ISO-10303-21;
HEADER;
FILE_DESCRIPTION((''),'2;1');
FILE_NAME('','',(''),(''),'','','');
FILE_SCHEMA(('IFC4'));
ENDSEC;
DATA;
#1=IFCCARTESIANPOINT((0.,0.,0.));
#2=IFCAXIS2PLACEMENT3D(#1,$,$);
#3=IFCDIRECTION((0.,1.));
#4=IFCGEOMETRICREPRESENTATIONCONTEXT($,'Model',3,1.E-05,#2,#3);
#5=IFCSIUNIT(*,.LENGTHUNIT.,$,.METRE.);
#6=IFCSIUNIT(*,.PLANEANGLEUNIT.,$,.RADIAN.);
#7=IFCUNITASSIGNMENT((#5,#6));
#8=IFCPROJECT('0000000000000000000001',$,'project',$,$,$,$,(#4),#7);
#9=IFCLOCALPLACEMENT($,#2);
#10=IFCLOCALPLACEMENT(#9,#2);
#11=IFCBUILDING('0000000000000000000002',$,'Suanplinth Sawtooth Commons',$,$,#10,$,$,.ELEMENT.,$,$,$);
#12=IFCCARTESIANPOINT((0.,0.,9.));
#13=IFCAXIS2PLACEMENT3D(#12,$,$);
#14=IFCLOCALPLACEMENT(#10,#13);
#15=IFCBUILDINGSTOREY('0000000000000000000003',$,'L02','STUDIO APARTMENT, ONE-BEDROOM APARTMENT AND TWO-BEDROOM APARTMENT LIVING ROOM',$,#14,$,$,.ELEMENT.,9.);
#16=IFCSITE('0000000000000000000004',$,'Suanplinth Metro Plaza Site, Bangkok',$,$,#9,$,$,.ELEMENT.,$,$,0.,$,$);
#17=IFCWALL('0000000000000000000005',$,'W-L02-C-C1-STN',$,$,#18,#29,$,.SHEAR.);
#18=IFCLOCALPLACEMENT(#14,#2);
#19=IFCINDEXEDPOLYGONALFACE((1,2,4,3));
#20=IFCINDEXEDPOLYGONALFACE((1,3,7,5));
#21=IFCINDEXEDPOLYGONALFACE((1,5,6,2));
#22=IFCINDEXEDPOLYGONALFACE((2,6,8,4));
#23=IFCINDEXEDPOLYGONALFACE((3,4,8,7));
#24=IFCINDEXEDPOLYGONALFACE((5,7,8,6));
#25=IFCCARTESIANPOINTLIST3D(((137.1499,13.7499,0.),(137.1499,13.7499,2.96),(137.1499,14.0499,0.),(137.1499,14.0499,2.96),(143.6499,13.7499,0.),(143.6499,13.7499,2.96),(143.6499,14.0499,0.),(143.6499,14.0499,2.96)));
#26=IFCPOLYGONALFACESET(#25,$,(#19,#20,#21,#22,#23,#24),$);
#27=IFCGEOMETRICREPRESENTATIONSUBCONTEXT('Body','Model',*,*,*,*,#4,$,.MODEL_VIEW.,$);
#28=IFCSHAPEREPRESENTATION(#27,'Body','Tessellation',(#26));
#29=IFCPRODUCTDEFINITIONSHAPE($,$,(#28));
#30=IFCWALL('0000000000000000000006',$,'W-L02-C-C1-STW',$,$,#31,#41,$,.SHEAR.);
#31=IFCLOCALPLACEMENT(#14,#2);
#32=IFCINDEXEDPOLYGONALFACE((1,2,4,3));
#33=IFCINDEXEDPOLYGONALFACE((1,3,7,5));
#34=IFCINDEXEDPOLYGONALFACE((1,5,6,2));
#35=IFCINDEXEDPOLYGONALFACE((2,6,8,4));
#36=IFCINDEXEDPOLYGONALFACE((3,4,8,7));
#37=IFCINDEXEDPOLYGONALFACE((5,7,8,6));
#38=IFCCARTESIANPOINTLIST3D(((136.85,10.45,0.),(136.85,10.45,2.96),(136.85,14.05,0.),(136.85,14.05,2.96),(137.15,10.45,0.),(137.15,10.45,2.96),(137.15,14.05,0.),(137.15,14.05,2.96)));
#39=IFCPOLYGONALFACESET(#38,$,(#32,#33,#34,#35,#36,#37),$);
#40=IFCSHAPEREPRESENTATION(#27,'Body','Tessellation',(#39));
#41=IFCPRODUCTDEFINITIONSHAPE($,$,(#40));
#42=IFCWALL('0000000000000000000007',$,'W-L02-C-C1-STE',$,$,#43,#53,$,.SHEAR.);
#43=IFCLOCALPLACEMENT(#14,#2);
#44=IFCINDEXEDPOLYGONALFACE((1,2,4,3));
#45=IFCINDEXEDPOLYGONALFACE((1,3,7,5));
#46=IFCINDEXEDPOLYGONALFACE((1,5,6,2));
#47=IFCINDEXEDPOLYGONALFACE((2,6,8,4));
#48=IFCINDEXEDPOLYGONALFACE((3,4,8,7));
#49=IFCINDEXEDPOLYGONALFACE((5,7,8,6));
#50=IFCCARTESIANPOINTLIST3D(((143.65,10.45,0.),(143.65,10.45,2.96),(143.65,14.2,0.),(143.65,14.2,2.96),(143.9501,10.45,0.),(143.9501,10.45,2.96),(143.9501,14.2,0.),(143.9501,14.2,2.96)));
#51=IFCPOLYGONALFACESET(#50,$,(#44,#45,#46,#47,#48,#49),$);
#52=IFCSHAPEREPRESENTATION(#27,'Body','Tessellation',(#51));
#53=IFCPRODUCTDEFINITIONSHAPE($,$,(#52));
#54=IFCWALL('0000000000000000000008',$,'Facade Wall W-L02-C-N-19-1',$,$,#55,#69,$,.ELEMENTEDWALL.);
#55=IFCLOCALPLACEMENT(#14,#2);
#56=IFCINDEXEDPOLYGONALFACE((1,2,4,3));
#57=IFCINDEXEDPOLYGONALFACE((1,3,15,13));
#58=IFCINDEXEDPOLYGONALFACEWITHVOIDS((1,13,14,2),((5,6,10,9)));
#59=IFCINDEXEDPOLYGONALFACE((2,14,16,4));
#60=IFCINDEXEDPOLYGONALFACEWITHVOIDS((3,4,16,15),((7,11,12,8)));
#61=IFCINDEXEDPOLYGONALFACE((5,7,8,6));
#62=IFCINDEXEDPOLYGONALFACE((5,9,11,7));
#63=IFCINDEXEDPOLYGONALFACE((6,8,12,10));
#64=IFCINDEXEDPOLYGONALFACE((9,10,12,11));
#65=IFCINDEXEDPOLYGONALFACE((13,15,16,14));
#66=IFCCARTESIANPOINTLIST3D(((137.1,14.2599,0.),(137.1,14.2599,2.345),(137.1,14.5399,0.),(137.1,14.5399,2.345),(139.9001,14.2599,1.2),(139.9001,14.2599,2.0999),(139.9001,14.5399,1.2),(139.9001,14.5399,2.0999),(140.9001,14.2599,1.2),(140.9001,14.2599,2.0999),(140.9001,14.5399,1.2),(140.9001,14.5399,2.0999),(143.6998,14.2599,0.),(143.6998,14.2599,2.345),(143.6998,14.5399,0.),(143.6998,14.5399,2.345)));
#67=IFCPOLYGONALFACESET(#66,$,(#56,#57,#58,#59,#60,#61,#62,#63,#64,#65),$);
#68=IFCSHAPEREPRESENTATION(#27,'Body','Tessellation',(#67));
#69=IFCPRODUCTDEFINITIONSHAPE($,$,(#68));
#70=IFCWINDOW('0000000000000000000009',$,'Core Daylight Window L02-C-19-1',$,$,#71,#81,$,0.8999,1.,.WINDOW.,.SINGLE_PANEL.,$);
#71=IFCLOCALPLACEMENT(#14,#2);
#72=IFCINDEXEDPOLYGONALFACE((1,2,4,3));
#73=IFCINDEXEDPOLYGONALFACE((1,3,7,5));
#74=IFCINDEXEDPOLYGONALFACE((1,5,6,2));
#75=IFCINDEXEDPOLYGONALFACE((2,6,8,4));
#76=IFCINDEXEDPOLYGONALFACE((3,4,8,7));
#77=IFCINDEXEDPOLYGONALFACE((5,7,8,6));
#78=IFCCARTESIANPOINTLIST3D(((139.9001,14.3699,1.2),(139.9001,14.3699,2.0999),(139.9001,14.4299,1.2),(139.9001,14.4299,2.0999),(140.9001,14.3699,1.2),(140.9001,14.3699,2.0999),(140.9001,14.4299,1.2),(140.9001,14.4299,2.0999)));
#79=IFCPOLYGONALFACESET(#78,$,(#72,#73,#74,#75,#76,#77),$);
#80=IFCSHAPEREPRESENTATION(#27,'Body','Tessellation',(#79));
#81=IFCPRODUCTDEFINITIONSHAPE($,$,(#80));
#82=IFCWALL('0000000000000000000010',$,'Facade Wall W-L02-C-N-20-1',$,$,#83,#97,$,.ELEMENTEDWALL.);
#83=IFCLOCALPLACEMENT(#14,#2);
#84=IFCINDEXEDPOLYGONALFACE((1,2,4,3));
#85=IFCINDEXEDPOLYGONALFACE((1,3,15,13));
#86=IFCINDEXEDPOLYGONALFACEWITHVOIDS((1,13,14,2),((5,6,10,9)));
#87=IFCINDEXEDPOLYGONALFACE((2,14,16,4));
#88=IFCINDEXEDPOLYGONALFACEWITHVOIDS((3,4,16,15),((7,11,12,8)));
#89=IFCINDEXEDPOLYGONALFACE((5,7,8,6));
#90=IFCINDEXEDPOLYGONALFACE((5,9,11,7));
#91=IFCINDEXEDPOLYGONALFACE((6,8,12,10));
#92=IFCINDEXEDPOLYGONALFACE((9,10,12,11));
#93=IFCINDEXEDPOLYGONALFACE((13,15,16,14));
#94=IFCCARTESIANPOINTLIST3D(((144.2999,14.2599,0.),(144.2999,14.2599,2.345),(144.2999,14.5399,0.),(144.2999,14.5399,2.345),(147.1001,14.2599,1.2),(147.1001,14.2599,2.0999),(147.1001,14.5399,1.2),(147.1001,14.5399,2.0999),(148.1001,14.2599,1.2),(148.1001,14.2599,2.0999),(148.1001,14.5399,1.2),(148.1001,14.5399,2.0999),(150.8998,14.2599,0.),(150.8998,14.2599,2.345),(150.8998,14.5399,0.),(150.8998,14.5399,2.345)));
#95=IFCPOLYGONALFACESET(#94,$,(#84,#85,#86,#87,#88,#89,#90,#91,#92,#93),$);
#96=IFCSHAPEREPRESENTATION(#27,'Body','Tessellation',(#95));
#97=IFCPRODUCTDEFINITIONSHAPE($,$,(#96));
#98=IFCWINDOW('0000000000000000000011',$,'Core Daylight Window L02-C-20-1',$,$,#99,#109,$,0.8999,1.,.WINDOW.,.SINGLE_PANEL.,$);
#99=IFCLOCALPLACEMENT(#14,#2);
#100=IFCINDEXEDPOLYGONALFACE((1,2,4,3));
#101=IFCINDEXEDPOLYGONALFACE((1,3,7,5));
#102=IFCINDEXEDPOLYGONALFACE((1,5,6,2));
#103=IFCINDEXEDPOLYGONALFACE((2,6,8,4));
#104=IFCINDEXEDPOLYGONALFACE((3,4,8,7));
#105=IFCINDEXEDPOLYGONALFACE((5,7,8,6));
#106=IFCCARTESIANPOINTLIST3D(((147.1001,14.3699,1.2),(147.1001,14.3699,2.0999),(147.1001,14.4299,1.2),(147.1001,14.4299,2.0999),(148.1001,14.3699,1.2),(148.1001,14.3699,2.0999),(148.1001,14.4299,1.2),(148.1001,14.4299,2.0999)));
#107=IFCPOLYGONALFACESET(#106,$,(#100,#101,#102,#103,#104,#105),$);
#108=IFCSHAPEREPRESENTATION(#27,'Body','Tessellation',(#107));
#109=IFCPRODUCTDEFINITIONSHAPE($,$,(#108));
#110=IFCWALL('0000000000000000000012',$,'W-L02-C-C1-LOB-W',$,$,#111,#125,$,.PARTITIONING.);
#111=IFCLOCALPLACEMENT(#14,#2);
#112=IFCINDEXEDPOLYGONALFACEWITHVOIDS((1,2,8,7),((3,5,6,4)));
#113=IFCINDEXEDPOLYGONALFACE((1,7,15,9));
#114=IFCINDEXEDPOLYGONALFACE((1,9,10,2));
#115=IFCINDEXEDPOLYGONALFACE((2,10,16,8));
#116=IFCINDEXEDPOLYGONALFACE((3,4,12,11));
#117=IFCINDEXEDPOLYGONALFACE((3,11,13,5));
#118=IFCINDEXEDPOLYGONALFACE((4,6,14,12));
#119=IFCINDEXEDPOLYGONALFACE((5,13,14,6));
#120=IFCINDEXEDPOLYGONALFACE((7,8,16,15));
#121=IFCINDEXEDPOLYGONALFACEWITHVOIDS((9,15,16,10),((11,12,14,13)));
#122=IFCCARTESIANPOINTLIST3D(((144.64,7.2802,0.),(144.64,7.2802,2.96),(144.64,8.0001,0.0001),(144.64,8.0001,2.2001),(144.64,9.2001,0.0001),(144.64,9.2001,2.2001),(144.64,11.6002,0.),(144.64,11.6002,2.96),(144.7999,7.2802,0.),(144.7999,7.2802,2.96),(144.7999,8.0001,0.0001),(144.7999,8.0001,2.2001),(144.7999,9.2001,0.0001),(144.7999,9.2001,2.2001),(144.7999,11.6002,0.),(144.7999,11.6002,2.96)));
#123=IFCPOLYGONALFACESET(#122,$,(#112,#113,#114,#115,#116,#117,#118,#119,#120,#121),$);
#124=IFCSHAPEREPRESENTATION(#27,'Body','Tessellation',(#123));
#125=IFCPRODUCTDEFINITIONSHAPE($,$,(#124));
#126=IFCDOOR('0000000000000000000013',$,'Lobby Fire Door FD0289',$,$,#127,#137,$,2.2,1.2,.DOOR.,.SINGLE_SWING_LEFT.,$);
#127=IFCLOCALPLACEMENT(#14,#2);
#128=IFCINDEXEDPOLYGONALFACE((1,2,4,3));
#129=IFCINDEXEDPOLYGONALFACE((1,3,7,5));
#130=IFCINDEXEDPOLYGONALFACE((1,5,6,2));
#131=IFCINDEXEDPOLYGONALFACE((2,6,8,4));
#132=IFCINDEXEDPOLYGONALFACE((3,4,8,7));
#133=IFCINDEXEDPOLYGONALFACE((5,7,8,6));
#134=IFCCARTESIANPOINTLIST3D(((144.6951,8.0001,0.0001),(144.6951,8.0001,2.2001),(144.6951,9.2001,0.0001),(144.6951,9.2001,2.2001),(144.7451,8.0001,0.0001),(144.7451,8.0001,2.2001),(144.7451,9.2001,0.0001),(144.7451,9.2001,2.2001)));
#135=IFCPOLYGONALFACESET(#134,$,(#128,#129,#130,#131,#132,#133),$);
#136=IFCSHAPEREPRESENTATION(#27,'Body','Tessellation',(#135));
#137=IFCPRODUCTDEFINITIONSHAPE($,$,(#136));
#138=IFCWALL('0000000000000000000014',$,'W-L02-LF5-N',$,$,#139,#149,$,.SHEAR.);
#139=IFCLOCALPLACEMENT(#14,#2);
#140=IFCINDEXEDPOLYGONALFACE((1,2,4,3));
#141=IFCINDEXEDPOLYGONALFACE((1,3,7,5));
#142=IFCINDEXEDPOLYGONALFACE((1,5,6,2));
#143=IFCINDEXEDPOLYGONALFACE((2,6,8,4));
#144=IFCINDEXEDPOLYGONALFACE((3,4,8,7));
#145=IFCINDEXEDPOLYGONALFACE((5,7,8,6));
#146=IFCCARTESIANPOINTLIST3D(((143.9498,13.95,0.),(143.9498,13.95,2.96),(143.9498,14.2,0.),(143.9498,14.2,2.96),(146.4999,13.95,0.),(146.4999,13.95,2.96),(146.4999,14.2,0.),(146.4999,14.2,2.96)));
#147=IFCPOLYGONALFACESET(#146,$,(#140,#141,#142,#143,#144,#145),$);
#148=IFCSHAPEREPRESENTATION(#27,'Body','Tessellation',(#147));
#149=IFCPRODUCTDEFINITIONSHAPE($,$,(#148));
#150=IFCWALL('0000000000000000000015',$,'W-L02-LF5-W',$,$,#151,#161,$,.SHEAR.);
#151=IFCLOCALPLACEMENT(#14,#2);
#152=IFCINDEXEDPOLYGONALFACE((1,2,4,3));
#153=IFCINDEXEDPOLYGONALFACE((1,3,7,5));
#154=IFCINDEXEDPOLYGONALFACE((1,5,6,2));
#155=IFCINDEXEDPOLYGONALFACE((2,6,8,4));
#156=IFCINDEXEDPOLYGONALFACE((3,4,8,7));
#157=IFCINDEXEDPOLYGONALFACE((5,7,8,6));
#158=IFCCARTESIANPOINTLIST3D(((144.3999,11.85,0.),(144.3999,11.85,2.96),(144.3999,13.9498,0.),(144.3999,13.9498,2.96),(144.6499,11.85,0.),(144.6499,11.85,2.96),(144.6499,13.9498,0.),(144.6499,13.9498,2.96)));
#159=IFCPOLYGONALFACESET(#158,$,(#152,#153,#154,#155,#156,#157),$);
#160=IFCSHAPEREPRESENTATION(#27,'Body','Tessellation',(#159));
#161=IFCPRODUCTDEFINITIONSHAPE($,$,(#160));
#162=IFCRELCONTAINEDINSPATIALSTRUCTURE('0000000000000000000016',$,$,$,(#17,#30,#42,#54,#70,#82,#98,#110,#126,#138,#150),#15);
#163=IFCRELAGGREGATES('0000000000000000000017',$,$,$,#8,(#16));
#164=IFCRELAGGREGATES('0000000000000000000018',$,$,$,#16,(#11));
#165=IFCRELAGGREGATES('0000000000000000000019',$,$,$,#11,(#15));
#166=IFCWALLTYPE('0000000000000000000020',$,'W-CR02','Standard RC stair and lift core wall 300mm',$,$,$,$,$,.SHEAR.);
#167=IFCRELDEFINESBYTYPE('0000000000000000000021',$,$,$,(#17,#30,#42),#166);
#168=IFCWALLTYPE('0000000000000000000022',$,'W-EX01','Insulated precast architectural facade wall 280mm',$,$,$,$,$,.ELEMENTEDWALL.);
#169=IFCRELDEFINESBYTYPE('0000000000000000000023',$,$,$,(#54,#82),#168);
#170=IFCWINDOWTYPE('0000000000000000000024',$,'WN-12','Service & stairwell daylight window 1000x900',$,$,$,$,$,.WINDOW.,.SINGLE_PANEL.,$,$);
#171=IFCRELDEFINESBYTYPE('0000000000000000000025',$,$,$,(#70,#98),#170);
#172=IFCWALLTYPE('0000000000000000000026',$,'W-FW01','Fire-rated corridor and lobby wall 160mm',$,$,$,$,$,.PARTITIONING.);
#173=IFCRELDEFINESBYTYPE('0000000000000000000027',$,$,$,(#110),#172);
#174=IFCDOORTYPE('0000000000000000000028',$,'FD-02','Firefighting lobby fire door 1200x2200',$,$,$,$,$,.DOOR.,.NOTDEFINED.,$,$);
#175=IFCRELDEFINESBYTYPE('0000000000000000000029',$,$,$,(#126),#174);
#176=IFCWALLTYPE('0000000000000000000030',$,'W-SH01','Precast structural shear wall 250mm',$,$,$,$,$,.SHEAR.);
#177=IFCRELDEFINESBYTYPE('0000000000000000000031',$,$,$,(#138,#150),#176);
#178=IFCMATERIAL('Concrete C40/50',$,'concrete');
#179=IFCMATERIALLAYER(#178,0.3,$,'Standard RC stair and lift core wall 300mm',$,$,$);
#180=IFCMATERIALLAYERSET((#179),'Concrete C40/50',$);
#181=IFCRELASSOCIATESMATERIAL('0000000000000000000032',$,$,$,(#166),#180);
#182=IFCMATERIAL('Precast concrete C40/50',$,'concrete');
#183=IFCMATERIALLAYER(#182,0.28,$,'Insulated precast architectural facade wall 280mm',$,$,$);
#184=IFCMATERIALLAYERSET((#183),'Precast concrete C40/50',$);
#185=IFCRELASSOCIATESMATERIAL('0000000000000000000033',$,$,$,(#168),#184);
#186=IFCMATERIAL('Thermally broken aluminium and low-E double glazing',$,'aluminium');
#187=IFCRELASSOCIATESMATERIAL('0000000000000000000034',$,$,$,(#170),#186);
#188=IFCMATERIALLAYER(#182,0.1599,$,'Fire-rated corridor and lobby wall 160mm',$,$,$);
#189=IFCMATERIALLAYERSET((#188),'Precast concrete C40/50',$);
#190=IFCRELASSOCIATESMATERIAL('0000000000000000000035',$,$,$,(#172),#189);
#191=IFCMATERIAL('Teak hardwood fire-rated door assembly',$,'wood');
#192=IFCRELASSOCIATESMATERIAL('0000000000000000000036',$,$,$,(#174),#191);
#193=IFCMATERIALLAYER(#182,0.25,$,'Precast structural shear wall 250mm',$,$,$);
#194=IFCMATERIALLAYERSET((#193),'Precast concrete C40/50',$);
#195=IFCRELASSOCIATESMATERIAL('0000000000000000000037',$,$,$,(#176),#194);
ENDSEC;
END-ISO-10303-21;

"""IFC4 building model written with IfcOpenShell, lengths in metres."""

from ifc_helpers import new_model, si_unit, direction, frame, frame_2d, origin, place, context, subcontext, project, spatial, rectangle, extrude, material, layer, layer_set, type_object, element, fill, save


model = new_model("IFC4")

# Units and contexts
model_context = context("Model", 3, precision=1e-05, world=origin(), true_north=direction((0.0, 1.0)))
body_context = subcontext(model_context, "Body", "Model", "MODEL_VIEW")
ifc_project = project(units=[si_unit("LENGTHUNIT", "METRE"), si_unit("PLANEANGLEUNIT", "RADIAN")], contexts=[model_context])

# Site, building, storey
site_placement = place(None, origin())
site = spatial("IfcSite", under=ifc_project, at=site_placement, Name="Suanplinth Metro Plaza Site, Bangkok", CompositionType="ELEMENT", RefElevation=0.0)
building_placement = place(site_placement, origin())
building = spatial("IfcBuilding", under=site, at=building_placement, Name="Suanplinth Sawtooth Commons", CompositionType="ELEMENT")
storey_placement = place(building_placement, frame((0.0, 0.0, 9.0)))
storey = spatial("IfcBuildingStorey", under=building, at=storey_placement, Name="L02", Description="STUDIO APARTMENT, ONE-BEDROOM APARTMENT AND TWO-BEDROOM APARTMENT LIVING ROOM", CompositionType="ELEMENT", Elevation=9.0)

# Shared definitions
ifc_material_1 = material(Name="Precast concrete C40/50", Category="concrete")

# Shared definitions
ifc_material_2 = material(Name="Concrete C40/50", Category="concrete")
ifc_layer_1 = layer(ifc_material_2, 0.3, Name="Standard RC stair and lift core wall 300mm")
ifc_layer_set_1 = layer_set([ifc_layer_1], Name="Concrete C40/50")
wall_type_1 = type_object("IfcWallType", Name="W-CR02", Description="Standard RC stair and lift core wall 300mm", PredefinedType="SHEAR", material=ifc_layer_set_1)
ifc_material_3 = material(Name="Teak hardwood fire-rated door assembly", Category="wood")

# Walls
wall_1_placement = place(storey_placement, frame((137.1499, 13.8999, 0.0), z_axis=(0.0, 0.0, 1.0), x_axis=(1.0, 0.0, 0.0)))
element("IfcWall", 1, at=wall_1_placement, inside=storey, type_object=wall_type_1, Name="W-L02-C-C1-STN", PredefinedType="SHEAR", context=body_context, shape_type="SweptSolid", body=[
    extrude(rectangle(XDim=6.5, YDim=0.3, at=frame_2d((3.25, 0.0))), origin(), (0.0, 0.0, 1.0), 2.96),
])
wall_2_placement = place(storey_placement, frame((137.0, 10.45, 0.0), z_axis=(0.0, 0.0, 1.0), x_axis=(0.0, 1.0, 0.0)))
element("IfcWall", 2, at=wall_2_placement, inside=storey, type_object=wall_type_1, Name="W-L02-C-C1-STW", PredefinedType="SHEAR", context=body_context, shape_type="SweptSolid", body=[
    extrude(rectangle(XDim=3.6001, YDim=0.3, at=frame_2d((1.8, 0.0))), origin(), (0.0, 0.0, 1.0), 2.96),
])
wall_3_placement = place(storey_placement, frame((143.8, 10.45, 0.0), z_axis=(0.0, 0.0, 1.0), x_axis=(0.0, 1.0, 0.0)))
element("IfcWall", 3, at=wall_3_placement, inside=storey, type_object=wall_type_1, Name="W-L02-C-C1-STE", PredefinedType="SHEAR", context=body_context, shape_type="SweptSolid", body=[
    extrude(rectangle(XDim=3.75, YDim=0.3, at=frame_2d((1.875, 0.0))), origin(), (0.0, 0.0, 1.0), 2.96),
])

# Walls, openings, windows
ifc_layer_2 = layer(ifc_material_1, 0.28, Name="Insulated precast architectural facade wall 280mm")
ifc_layer_set_2 = layer_set([ifc_layer_2], Name="Precast concrete C40/50")
wall_type_2 = type_object("IfcWallType", Name="W-EX01", Description="Insulated precast architectural facade wall 280mm", PredefinedType="ELEMENTEDWALL", material=ifc_layer_set_2)
wall_4_placement = place(storey_placement, frame((137.1001, 14.3999, 0.0), z_axis=(0.0, 0.0, 1.0), x_axis=(1.0, 0.0, 0.0)))
wall_4 = element("IfcWall", 4, at=wall_4_placement, inside=storey, type_object=wall_type_2, Name="Facade Wall W-L02-C-N-19-1", PredefinedType="ELEMENTEDWALL", context=body_context, shape_type="SweptSolid", body=[
    extrude(rectangle(XDim=6.5999, YDim=0.28, at=frame_2d((3.2998, 0.0))), origin(), (0.0, 0.0, 1.0), 2.345),
])
opening_1_placement = place(wall_4_placement, frame((2.8, 0.0, 1.2)))
opening_1 = element("IfcOpeningElement", 5, at=opening_1_placement, cuts=wall_4, PredefinedType="OPENING", context=body_context, shape_type="SweptSolid", body=[
    extrude(rectangle(XDim=1.0, YDim=0.8999, at=frame_2d((0.5, 0.45))), frame((0.0, 0.1548, 0.0), z_axis=(0.0, -1.0, 0.0), x_axis=(1.0, 0.0, 0.0)), (0.0, 0.0, 1.0), 0.3098),
])
ifc_material_4 = material(Name="Thermally broken aluminium and low-E double glazing", Category="aluminium")
window_type = type_object("IfcWindowType", Name="WN-12", Description="Service & stairwell daylight window 1000x900", PartitioningType="SINGLE_PANEL", PredefinedType="WINDOW", material=ifc_material_4)
window_1_placement = place(opening_1_placement, origin())
window_1 = element("IfcWindow", 6, at=window_1_placement, inside=storey, type_object=window_type, Name="Core Daylight Window L02-C-19-1", OverallHeight=0.8999, OverallWidth=1.0, PartitioningType="SINGLE_PANEL", PredefinedType="WINDOW", context=body_context, shape_type="SweptSolid", body=[
    extrude(rectangle(XDim=1.0, YDim=0.8999, at=frame_2d((0.5, 0.45))), frame((0.0, 0.03, 0.0), z_axis=(0.0, -1.0, 0.0), x_axis=(1.0, 0.0, 0.0)), (0.0, 0.0, 1.0), 0.0601),
])
fill(opening_1, window_1)
wall_5_placement = place(storey_placement, frame((144.3, 14.3999, 0.0), z_axis=(0.0, 0.0, 1.0), x_axis=(1.0, 0.0, 0.0)))
wall_5 = element("IfcWall", 7, at=wall_5_placement, inside=storey, type_object=wall_type_2, Name="Facade Wall W-L02-C-N-20-1", PredefinedType="ELEMENTEDWALL", context=body_context, shape_type="SweptSolid", body=[
    extrude(rectangle(XDim=6.5999, YDim=0.28, at=frame_2d((3.2998, 0.0))), origin(), (0.0, 0.0, 1.0), 2.345),
])
opening_2_placement = place(wall_5_placement, frame((2.8, 0.0, 1.2)))
opening_2 = element("IfcOpeningElement", 8, at=opening_2_placement, cuts=wall_5, PredefinedType="OPENING", context=body_context, shape_type="SweptSolid", body=[
    extrude(rectangle(XDim=1.0, YDim=0.8999, at=frame_2d((0.5, 0.45))), frame((0.0, 0.1548, 0.0), z_axis=(0.0, -1.0, 0.0), x_axis=(1.0, 0.0, 0.0)), (0.0, 0.0, 1.0), 0.3098),
])
window_2_placement = place(opening_2_placement, origin())
window_2 = element("IfcWindow", 9, at=window_2_placement, inside=storey, type_object=window_type, Name="Core Daylight Window L02-C-20-1", OverallHeight=0.8999, OverallWidth=1.0, PartitioningType="SINGLE_PANEL", PredefinedType="WINDOW", context=body_context, shape_type="SweptSolid", body=[
    extrude(rectangle(XDim=1.0, YDim=0.8999, at=frame_2d((0.5, 0.45))), frame((0.0, 0.03, 0.0), z_axis=(0.0, -1.0, 0.0), x_axis=(1.0, 0.0, 0.0)), (0.0, 0.0, 1.0), 0.0601),
])
fill(opening_2, window_2)

# Wall, opening, door
ifc_layer_3 = layer(ifc_material_1, 0.1599, Name="Fire-rated corridor and lobby wall 160mm")
ifc_layer_set_3 = layer_set([ifc_layer_3], Name="Precast concrete C40/50")
wall_type_3 = type_object("IfcWallType", Name="W-FW01", Description="Fire-rated corridor and lobby wall 160mm", PredefinedType="PARTITIONING", material=ifc_layer_set_3)
wall_6_placement = place(storey_placement, frame((144.72, 7.28, 0.0), z_axis=(0.0, 0.0, 1.0), x_axis=(0.0, 1.0, 0.0)))
wall_6 = element("IfcWall", 10, at=wall_6_placement, inside=storey, type_object=wall_type_3, Name="W-L02-C-C1-LOB-W", PredefinedType="PARTITIONING", context=body_context, shape_type="SweptSolid", body=[
    extrude(rectangle(XDim=4.3201, YDim=0.1599, at=frame_2d((2.1602, 0.0))), origin(), (0.0, 0.0, 1.0), 2.96),
])
opening_3_placement = place(wall_6_placement, frame((0.72, 0.0, 0.0)))
opening_3 = element("IfcOpeningElement", 11, at=opening_3_placement, cuts=wall_6, PredefinedType="OPENING", context=body_context, shape_type="SweptSolid", body=[
    extrude(rectangle(XDim=1.2, YDim=2.2, at=frame_2d((0.6001, 1.1001))), frame((0.0, 0.0947, 0.0), z_axis=(0.0, -1.0, 0.0), x_axis=(1.0, 0.0, 0.0)), (0.0, 0.0, 1.0), 0.1897),
])
door_type_1 = type_object("IfcDoorType", Name="FD-02", Description="Firefighting lobby fire door 1200x2200", OperationType="NOTDEFINED", PredefinedType="DOOR", material=ifc_material_3)
door_1_placement = place(opening_3_placement, origin())
door_1 = element("IfcDoor", 12, at=door_1_placement, inside=storey, type_object=door_type_1, Name="Lobby Fire Door FD0289", OperationType="SINGLE_SWING_LEFT", OverallHeight=2.2, OverallWidth=1.2, PredefinedType="DOOR", context=body_context, shape_type="SweptSolid", body=[
    extrude(rectangle(XDim=1.2, YDim=2.2, at=frame_2d((0.6001, 1.1001))), frame((0.0, 0.0249, 0.0), z_axis=(0.0, -1.0, 0.0), x_axis=(1.0, 0.0, 0.0)), (0.0, 0.0, 1.0), 0.05),
])
fill(opening_3, door_1)
ifc_layer_4 = layer(ifc_material_1, 0.25, Name="Precast structural shear wall 250mm")
ifc_layer_set_4 = layer_set([ifc_layer_4], Name="Precast concrete C40/50")
wall_type_4 = type_object("IfcWallType", Name="W-SH01", Description="Precast structural shear wall 250mm", PredefinedType="SHEAR", material=ifc_layer_set_4)

# Walls
wall_7_placement = place(storey_placement, frame((143.95, 14.075, 0.0), z_axis=(0.0, 0.0, 1.0), x_axis=(1.0, 0.0, 0.0)))
element("IfcWall", 13, at=wall_7_placement, inside=storey, type_object=wall_type_4, Name="W-L02-LF5-N", PredefinedType="SHEAR", context=body_context, shape_type="SweptSolid", body=[
    extrude(rectangle(XDim=2.55, YDim=0.25, at=frame_2d((1.2749, 0.0))), origin(), (0.0, 0.0, 1.0), 2.96),
])
wall_8_placement = place(storey_placement, frame((144.5249, 11.8501, 0.0), z_axis=(0.0, 0.0, 1.0), x_axis=(0.0, 1.0, 0.0)))
element("IfcWall", 14, at=wall_8_placement, inside=storey, type_object=wall_type_4, Name="W-L02-LF5-W", PredefinedType="SHEAR", context=body_context, shape_type="SweptSolid", body=[
    extrude(rectangle(XDim=2.0999, YDim=0.25, at=frame_2d((1.0498, 0.0))), origin(), (0.0, 0.0, 1.0), 2.96),
])

save(model, "model.ifc")
